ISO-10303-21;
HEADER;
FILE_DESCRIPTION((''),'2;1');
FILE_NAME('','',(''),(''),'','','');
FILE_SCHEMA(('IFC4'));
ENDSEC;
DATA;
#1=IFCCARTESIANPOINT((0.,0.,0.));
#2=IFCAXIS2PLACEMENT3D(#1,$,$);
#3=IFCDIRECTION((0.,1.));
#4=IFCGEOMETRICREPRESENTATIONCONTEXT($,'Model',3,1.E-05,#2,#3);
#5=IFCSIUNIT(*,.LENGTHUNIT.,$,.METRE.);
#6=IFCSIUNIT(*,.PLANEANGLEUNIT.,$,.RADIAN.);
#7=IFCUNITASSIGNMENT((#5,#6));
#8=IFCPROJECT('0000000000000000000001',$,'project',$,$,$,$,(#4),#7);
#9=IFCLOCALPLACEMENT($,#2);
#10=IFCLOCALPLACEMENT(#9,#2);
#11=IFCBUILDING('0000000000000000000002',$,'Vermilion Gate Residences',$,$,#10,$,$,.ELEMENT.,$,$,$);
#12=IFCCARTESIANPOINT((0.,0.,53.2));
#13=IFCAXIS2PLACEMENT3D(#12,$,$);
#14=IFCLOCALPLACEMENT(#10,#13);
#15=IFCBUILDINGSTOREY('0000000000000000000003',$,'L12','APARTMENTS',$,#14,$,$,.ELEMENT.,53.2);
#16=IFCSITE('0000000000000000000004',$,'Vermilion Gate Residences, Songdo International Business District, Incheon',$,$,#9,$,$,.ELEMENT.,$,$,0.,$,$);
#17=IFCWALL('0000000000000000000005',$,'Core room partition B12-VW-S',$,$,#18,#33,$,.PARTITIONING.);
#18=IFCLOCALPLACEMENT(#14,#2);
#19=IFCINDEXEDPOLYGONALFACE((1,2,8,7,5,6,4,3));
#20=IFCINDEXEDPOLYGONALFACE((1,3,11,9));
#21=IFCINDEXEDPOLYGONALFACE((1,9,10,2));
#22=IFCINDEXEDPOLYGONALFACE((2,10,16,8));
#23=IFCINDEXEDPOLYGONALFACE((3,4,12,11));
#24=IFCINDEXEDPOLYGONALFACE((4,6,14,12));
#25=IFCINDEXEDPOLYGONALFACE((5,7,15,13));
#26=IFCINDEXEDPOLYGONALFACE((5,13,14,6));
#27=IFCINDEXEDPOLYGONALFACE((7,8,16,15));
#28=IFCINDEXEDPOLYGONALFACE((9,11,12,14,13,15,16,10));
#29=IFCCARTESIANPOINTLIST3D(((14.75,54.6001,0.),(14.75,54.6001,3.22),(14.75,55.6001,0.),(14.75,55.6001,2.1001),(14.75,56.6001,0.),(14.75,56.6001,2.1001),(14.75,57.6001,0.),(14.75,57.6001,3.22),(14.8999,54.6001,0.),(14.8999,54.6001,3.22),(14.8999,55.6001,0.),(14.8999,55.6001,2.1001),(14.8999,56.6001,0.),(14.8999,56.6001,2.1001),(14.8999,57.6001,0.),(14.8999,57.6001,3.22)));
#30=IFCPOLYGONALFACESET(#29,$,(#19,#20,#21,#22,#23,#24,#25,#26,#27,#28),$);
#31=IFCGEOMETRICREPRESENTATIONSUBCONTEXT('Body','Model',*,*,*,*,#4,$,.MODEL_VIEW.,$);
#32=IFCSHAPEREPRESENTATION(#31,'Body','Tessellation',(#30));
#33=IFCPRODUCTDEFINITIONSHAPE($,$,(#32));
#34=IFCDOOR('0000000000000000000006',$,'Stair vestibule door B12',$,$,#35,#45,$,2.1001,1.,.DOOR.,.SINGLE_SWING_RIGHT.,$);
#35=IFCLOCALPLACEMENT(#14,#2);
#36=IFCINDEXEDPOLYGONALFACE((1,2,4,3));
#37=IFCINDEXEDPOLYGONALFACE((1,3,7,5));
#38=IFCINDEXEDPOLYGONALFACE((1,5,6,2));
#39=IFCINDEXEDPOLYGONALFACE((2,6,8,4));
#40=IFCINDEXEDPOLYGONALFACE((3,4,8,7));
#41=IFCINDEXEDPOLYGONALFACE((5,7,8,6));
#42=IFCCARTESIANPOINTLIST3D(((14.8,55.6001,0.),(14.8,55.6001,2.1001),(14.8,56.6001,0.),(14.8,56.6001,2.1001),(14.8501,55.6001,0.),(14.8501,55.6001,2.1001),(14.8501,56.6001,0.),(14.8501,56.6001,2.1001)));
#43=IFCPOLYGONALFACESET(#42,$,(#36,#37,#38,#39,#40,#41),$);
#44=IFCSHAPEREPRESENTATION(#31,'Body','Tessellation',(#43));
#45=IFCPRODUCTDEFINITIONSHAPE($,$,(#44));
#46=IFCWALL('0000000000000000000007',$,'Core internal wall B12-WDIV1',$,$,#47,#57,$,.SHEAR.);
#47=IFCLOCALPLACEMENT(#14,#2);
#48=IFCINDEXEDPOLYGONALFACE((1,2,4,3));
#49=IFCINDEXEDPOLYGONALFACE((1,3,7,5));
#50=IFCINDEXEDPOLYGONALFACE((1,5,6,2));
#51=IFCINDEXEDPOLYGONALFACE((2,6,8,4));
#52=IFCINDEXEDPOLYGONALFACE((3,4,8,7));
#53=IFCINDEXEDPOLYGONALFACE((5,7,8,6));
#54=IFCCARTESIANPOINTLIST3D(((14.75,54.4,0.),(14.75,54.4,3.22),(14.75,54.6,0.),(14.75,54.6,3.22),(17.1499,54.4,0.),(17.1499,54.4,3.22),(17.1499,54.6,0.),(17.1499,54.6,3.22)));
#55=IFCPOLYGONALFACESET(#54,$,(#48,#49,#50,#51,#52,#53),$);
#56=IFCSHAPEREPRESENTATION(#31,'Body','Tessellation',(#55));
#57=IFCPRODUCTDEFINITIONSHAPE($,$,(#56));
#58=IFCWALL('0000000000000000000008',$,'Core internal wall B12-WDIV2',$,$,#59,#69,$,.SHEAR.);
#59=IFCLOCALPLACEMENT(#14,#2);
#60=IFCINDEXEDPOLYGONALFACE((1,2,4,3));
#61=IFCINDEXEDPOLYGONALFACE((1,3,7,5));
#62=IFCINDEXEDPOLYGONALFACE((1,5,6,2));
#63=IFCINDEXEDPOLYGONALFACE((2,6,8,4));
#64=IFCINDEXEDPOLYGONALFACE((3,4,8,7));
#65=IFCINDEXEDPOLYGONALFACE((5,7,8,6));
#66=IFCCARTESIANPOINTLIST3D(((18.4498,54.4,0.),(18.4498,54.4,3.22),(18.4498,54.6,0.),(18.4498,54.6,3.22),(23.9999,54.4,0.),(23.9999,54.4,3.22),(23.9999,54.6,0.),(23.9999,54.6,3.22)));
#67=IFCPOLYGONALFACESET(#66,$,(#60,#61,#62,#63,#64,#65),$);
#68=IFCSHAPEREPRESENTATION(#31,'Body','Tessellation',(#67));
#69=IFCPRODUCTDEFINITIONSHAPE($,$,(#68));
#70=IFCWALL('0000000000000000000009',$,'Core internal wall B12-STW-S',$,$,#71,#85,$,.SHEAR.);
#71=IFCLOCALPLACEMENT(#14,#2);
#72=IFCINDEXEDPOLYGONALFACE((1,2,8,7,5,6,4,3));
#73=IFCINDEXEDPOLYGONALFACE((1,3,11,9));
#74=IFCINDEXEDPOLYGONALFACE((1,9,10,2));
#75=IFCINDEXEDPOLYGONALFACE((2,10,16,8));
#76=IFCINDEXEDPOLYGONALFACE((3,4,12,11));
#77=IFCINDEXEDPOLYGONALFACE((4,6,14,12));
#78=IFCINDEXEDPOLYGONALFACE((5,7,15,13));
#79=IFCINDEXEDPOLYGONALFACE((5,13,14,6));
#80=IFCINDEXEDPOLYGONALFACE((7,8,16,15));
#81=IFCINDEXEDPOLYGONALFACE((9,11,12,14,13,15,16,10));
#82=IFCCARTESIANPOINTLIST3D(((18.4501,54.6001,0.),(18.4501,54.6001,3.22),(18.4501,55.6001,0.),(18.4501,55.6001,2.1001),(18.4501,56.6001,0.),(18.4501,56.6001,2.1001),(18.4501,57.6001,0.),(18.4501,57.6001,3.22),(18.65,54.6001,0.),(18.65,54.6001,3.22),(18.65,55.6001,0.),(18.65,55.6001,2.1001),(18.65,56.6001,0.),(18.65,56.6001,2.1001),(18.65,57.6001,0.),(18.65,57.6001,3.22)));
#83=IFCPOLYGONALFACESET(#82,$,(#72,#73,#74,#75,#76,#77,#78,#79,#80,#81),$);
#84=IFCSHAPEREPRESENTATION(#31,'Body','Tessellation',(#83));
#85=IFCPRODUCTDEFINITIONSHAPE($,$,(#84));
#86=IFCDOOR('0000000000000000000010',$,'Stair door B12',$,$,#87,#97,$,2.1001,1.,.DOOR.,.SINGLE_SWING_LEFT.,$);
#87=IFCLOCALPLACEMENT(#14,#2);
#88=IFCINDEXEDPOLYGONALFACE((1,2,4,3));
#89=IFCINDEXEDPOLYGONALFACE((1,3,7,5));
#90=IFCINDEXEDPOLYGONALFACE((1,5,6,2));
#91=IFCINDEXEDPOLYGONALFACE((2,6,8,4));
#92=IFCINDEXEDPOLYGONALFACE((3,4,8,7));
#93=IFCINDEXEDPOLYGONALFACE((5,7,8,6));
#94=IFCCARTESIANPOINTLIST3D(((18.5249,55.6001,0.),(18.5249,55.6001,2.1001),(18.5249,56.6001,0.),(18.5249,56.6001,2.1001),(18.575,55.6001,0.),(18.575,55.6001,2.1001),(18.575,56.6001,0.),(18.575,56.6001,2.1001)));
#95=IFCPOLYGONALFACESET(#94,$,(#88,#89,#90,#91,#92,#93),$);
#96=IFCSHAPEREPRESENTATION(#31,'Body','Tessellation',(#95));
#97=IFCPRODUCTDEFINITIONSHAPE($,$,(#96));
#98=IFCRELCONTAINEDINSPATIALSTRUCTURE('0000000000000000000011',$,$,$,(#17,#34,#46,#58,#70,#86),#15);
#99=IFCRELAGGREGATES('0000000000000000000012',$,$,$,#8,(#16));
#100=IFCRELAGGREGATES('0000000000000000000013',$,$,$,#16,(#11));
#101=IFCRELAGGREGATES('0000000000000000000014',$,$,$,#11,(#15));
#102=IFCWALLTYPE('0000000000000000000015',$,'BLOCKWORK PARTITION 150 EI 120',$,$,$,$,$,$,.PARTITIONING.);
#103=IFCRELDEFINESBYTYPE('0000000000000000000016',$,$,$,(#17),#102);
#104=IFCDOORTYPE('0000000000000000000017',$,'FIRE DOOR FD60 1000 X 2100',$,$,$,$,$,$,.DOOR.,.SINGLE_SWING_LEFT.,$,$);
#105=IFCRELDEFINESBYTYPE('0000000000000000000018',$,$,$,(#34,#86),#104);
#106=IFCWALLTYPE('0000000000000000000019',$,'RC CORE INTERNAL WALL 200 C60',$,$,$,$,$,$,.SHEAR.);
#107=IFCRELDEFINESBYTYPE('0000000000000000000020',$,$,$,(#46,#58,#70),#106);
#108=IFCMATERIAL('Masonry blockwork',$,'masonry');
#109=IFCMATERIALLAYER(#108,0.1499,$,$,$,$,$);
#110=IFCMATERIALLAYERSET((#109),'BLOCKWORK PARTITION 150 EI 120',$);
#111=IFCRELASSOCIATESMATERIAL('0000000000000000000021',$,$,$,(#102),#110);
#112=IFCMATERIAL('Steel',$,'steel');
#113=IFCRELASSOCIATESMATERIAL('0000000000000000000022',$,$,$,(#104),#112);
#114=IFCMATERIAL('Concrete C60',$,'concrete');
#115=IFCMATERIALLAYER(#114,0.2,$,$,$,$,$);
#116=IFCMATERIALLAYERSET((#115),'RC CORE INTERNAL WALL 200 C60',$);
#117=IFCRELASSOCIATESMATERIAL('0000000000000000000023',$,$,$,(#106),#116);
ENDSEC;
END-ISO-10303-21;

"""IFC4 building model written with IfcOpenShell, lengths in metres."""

from ifc_helpers import new_model, si_unit, direction, frame, frame_2d, origin, place, context, subcontext, project, spatial, rectangle, extrude, material, layer, layer_set, type_object, element, fill, save


model = new_model("IFC4")

# Units and contexts
model_context = context("Model", 3, precision=1e-05, world=origin(), true_north=direction((0.0, 1.0)))
body_context = subcontext(model_context, "Body", "Model", "MODEL_VIEW")
ifc_project = project(units=[si_unit("LENGTHUNIT", "METRE"), si_unit("PLANEANGLEUNIT", "RADIAN")], contexts=[model_context])

# Site, building, storey
site_placement = place(None, origin())
site = spatial("IfcSite", under=ifc_project, at=site_placement, Name="Vermilion Gate Residences, Songdo International Business District, Incheon", CompositionType="ELEMENT", RefElevation=0.0)
building_placement = place(site_placement, origin())
building = spatial("IfcBuilding", under=site, at=building_placement, Name="Vermilion Gate Residences", CompositionType="ELEMENT")
storey_placement = place(building_placement, frame((0.0, 0.0, 53.2)))
storey = spatial("IfcBuildingStorey", under=building, at=storey_placement, Name="L12", Description="APARTMENTS", CompositionType="ELEMENT", Elevation=53.2)

# Wall, opening, door
ifc_material_1 = material(Name="Masonry blockwork", Category="masonry")
ifc_layer_1 = layer(ifc_material_1, 0.1499)
ifc_layer_set_1 = layer_set([ifc_layer_1], Name="BLOCKWORK PARTITION 150 EI 120")
wall_type_1 = type_object("IfcWallType", Name="BLOCKWORK PARTITION 150 EI 120", PredefinedType="PARTITIONING", material=ifc_layer_set_1)
wall_1_placement = place(storey_placement, frame((14.825, 57.6001, 0.0), z_axis=(0.0, 0.0, 1.0), x_axis=(0.0, -1.0, 0.0)))
wall_1 = element("IfcWall", 1, at=wall_1_placement, inside=storey, type_object=wall_type_1, Name="Core room partition B12-VW-S", PredefinedType="PARTITIONING", context=body_context, shape_type="SweptSolid", body=[
    extrude(rectangle(XDim=3.0, YDim=0.1499, at=frame_2d((1.5, 0.0))), origin(), (0.0, 0.0, 1.0), 3.22),
])
opening_1_placement = place(wall_1_placement, frame((1.0, 0.0, 0.0)))
opening_1 = element("IfcOpeningElement", 2, at=opening_1_placement, cuts=wall_1, PredefinedType="OPENING", context=body_context, shape_type="SweptSolid", body=[
    extrude(rectangle(XDim=1.0, YDim=2.1001, at=frame_2d((0.5, 1.05))), frame((0.0, 0.085, 0.0), z_axis=(0.0, -1.0, 0.0), x_axis=(1.0, 0.0, 0.0)), (0.0, 0.0, 1.0), 0.1699),
])
ifc_material_2 = material(Name="Steel", Category="steel")
door_type = type_object("IfcDoorType", Name="FIRE DOOR FD60 1000 X 2100", OperationType="SINGLE_SWING_LEFT", PredefinedType="DOOR", material=ifc_material_2)
door_1_placement = place(opening_1_placement, frame((1.0, 0.0, 0.0), z_axis=(0.0, 0.0, 1.0), x_axis=(-1.0, 0.0, 0.0)))
door_1 = element("IfcDoor", 3, at=door_1_placement, inside=storey, type_object=door_type, Name="Stair vestibule door B12", OperationType="SINGLE_SWING_RIGHT", OverallHeight=2.1001, OverallWidth=1.0, PredefinedType="DOOR", context=body_context, shape_type="SweptSolid", body=[
    extrude(rectangle(XDim=1.0, YDim=2.1001, at=frame_2d((0.5, 1.05))), frame((0.0, 0.0249, 0.0), z_axis=(0.0, -1.0, 0.0), x_axis=(1.0, 0.0, 0.0)), (0.0, 0.0, 1.0), 0.05),
])
fill(opening_1, door_1)

# Walls
ifc_material_3 = material(Name="Concrete C60", Category="concrete")
ifc_layer_2 = layer(ifc_material_3, 0.2)
ifc_layer_set_2 = layer_set([ifc_layer_2], Name="RC CORE INTERNAL WALL 200 C60")
wall_type_2 = type_object("IfcWallType", Name="RC CORE INTERNAL WALL 200 C60", PredefinedType="SHEAR", material=ifc_layer_set_2)
wall_2_placement = place(storey_placement, frame((14.75, 54.5, 0.0), z_axis=(0.0, 0.0, 1.0), x_axis=(1.0, 0.0, 0.0)))
element("IfcWall", 4, at=wall_2_placement, inside=storey, type_object=wall_type_2, Name="Core internal wall B12-WDIV1", PredefinedType="SHEAR", context=body_context, shape_type="SweptSolid", body=[
    extrude(rectangle(XDim=2.3999, YDim=0.2, at=frame_2d((1.2, 0.0))), origin(), (0.0, 0.0, 1.0), 3.22),
])
wall_3_placement = place(storey_placement, frame((18.45, 54.5, 0.0), z_axis=(0.0, 0.0, 1.0), x_axis=(1.0, 0.0, 0.0)))
element("IfcWall", 5, at=wall_3_placement, inside=storey, type_object=wall_type_2, Name="Core internal wall B12-WDIV2", PredefinedType="SHEAR", context=body_context, shape_type="SweptSolid", body=[
    extrude(rectangle(XDim=5.55, YDim=0.2, at=frame_2d((2.7749, 0.0))), origin(), (0.0, 0.0, 1.0), 3.22),
])

# Wall, opening, door
wall_4_placement = place(storey_placement, frame((18.55, 57.6001, 0.0), z_axis=(0.0, 0.0, 1.0), x_axis=(0.0, -1.0, 0.0)))
wall_4 = element("IfcWall", 6, at=wall_4_placement, inside=storey, type_object=wall_type_2, Name="Core internal wall B12-STW-S", PredefinedType="SHEAR", context=body_context, shape_type="SweptSolid", body=[
    extrude(rectangle(XDim=3.0, YDim=0.2, at=frame_2d((1.5, 0.0))), origin(), (0.0, 0.0, 1.0), 3.22),
])
opening_2_placement = place(wall_4_placement, frame((1.0, 0.0, 0.0)))
opening_2 = element("IfcOpeningElement", 7, at=opening_2_placement, cuts=wall_4, PredefinedType="OPENING", context=body_context, shape_type="SweptSolid", body=[
    extrude(rectangle(XDim=1.0, YDim=2.1001, at=frame_2d((0.5, 1.05))), frame((0.0, 0.1099, 0.0), z_axis=(0.0, -1.0, 0.0), x_axis=(1.0, 0.0, 0.0)), (0.0, 0.0, 1.0), 0.22),
])
door_2_placement = place(opening_2_placement, origin())
door_2 = element("IfcDoor", 8, at=door_2_placement, inside=storey, type_object=door_type, Name="Stair door B12", OperationType="SINGLE_SWING_LEFT", OverallHeight=2.1001, OverallWidth=1.0, PredefinedType="DOOR", context=body_context, shape_type="SweptSolid", body=[
    extrude(rectangle(XDim=1.0, YDim=2.1001, at=frame_2d((0.5, 1.05))), frame((0.0, 0.0249, 0.0), z_axis=(0.0, -1.0, 0.0), x_axis=(1.0, 0.0, 0.0)), (0.0, 0.0, 1.0), 0.05),
])
fill(opening_2, door_2)

save(model, "model.ifc")
